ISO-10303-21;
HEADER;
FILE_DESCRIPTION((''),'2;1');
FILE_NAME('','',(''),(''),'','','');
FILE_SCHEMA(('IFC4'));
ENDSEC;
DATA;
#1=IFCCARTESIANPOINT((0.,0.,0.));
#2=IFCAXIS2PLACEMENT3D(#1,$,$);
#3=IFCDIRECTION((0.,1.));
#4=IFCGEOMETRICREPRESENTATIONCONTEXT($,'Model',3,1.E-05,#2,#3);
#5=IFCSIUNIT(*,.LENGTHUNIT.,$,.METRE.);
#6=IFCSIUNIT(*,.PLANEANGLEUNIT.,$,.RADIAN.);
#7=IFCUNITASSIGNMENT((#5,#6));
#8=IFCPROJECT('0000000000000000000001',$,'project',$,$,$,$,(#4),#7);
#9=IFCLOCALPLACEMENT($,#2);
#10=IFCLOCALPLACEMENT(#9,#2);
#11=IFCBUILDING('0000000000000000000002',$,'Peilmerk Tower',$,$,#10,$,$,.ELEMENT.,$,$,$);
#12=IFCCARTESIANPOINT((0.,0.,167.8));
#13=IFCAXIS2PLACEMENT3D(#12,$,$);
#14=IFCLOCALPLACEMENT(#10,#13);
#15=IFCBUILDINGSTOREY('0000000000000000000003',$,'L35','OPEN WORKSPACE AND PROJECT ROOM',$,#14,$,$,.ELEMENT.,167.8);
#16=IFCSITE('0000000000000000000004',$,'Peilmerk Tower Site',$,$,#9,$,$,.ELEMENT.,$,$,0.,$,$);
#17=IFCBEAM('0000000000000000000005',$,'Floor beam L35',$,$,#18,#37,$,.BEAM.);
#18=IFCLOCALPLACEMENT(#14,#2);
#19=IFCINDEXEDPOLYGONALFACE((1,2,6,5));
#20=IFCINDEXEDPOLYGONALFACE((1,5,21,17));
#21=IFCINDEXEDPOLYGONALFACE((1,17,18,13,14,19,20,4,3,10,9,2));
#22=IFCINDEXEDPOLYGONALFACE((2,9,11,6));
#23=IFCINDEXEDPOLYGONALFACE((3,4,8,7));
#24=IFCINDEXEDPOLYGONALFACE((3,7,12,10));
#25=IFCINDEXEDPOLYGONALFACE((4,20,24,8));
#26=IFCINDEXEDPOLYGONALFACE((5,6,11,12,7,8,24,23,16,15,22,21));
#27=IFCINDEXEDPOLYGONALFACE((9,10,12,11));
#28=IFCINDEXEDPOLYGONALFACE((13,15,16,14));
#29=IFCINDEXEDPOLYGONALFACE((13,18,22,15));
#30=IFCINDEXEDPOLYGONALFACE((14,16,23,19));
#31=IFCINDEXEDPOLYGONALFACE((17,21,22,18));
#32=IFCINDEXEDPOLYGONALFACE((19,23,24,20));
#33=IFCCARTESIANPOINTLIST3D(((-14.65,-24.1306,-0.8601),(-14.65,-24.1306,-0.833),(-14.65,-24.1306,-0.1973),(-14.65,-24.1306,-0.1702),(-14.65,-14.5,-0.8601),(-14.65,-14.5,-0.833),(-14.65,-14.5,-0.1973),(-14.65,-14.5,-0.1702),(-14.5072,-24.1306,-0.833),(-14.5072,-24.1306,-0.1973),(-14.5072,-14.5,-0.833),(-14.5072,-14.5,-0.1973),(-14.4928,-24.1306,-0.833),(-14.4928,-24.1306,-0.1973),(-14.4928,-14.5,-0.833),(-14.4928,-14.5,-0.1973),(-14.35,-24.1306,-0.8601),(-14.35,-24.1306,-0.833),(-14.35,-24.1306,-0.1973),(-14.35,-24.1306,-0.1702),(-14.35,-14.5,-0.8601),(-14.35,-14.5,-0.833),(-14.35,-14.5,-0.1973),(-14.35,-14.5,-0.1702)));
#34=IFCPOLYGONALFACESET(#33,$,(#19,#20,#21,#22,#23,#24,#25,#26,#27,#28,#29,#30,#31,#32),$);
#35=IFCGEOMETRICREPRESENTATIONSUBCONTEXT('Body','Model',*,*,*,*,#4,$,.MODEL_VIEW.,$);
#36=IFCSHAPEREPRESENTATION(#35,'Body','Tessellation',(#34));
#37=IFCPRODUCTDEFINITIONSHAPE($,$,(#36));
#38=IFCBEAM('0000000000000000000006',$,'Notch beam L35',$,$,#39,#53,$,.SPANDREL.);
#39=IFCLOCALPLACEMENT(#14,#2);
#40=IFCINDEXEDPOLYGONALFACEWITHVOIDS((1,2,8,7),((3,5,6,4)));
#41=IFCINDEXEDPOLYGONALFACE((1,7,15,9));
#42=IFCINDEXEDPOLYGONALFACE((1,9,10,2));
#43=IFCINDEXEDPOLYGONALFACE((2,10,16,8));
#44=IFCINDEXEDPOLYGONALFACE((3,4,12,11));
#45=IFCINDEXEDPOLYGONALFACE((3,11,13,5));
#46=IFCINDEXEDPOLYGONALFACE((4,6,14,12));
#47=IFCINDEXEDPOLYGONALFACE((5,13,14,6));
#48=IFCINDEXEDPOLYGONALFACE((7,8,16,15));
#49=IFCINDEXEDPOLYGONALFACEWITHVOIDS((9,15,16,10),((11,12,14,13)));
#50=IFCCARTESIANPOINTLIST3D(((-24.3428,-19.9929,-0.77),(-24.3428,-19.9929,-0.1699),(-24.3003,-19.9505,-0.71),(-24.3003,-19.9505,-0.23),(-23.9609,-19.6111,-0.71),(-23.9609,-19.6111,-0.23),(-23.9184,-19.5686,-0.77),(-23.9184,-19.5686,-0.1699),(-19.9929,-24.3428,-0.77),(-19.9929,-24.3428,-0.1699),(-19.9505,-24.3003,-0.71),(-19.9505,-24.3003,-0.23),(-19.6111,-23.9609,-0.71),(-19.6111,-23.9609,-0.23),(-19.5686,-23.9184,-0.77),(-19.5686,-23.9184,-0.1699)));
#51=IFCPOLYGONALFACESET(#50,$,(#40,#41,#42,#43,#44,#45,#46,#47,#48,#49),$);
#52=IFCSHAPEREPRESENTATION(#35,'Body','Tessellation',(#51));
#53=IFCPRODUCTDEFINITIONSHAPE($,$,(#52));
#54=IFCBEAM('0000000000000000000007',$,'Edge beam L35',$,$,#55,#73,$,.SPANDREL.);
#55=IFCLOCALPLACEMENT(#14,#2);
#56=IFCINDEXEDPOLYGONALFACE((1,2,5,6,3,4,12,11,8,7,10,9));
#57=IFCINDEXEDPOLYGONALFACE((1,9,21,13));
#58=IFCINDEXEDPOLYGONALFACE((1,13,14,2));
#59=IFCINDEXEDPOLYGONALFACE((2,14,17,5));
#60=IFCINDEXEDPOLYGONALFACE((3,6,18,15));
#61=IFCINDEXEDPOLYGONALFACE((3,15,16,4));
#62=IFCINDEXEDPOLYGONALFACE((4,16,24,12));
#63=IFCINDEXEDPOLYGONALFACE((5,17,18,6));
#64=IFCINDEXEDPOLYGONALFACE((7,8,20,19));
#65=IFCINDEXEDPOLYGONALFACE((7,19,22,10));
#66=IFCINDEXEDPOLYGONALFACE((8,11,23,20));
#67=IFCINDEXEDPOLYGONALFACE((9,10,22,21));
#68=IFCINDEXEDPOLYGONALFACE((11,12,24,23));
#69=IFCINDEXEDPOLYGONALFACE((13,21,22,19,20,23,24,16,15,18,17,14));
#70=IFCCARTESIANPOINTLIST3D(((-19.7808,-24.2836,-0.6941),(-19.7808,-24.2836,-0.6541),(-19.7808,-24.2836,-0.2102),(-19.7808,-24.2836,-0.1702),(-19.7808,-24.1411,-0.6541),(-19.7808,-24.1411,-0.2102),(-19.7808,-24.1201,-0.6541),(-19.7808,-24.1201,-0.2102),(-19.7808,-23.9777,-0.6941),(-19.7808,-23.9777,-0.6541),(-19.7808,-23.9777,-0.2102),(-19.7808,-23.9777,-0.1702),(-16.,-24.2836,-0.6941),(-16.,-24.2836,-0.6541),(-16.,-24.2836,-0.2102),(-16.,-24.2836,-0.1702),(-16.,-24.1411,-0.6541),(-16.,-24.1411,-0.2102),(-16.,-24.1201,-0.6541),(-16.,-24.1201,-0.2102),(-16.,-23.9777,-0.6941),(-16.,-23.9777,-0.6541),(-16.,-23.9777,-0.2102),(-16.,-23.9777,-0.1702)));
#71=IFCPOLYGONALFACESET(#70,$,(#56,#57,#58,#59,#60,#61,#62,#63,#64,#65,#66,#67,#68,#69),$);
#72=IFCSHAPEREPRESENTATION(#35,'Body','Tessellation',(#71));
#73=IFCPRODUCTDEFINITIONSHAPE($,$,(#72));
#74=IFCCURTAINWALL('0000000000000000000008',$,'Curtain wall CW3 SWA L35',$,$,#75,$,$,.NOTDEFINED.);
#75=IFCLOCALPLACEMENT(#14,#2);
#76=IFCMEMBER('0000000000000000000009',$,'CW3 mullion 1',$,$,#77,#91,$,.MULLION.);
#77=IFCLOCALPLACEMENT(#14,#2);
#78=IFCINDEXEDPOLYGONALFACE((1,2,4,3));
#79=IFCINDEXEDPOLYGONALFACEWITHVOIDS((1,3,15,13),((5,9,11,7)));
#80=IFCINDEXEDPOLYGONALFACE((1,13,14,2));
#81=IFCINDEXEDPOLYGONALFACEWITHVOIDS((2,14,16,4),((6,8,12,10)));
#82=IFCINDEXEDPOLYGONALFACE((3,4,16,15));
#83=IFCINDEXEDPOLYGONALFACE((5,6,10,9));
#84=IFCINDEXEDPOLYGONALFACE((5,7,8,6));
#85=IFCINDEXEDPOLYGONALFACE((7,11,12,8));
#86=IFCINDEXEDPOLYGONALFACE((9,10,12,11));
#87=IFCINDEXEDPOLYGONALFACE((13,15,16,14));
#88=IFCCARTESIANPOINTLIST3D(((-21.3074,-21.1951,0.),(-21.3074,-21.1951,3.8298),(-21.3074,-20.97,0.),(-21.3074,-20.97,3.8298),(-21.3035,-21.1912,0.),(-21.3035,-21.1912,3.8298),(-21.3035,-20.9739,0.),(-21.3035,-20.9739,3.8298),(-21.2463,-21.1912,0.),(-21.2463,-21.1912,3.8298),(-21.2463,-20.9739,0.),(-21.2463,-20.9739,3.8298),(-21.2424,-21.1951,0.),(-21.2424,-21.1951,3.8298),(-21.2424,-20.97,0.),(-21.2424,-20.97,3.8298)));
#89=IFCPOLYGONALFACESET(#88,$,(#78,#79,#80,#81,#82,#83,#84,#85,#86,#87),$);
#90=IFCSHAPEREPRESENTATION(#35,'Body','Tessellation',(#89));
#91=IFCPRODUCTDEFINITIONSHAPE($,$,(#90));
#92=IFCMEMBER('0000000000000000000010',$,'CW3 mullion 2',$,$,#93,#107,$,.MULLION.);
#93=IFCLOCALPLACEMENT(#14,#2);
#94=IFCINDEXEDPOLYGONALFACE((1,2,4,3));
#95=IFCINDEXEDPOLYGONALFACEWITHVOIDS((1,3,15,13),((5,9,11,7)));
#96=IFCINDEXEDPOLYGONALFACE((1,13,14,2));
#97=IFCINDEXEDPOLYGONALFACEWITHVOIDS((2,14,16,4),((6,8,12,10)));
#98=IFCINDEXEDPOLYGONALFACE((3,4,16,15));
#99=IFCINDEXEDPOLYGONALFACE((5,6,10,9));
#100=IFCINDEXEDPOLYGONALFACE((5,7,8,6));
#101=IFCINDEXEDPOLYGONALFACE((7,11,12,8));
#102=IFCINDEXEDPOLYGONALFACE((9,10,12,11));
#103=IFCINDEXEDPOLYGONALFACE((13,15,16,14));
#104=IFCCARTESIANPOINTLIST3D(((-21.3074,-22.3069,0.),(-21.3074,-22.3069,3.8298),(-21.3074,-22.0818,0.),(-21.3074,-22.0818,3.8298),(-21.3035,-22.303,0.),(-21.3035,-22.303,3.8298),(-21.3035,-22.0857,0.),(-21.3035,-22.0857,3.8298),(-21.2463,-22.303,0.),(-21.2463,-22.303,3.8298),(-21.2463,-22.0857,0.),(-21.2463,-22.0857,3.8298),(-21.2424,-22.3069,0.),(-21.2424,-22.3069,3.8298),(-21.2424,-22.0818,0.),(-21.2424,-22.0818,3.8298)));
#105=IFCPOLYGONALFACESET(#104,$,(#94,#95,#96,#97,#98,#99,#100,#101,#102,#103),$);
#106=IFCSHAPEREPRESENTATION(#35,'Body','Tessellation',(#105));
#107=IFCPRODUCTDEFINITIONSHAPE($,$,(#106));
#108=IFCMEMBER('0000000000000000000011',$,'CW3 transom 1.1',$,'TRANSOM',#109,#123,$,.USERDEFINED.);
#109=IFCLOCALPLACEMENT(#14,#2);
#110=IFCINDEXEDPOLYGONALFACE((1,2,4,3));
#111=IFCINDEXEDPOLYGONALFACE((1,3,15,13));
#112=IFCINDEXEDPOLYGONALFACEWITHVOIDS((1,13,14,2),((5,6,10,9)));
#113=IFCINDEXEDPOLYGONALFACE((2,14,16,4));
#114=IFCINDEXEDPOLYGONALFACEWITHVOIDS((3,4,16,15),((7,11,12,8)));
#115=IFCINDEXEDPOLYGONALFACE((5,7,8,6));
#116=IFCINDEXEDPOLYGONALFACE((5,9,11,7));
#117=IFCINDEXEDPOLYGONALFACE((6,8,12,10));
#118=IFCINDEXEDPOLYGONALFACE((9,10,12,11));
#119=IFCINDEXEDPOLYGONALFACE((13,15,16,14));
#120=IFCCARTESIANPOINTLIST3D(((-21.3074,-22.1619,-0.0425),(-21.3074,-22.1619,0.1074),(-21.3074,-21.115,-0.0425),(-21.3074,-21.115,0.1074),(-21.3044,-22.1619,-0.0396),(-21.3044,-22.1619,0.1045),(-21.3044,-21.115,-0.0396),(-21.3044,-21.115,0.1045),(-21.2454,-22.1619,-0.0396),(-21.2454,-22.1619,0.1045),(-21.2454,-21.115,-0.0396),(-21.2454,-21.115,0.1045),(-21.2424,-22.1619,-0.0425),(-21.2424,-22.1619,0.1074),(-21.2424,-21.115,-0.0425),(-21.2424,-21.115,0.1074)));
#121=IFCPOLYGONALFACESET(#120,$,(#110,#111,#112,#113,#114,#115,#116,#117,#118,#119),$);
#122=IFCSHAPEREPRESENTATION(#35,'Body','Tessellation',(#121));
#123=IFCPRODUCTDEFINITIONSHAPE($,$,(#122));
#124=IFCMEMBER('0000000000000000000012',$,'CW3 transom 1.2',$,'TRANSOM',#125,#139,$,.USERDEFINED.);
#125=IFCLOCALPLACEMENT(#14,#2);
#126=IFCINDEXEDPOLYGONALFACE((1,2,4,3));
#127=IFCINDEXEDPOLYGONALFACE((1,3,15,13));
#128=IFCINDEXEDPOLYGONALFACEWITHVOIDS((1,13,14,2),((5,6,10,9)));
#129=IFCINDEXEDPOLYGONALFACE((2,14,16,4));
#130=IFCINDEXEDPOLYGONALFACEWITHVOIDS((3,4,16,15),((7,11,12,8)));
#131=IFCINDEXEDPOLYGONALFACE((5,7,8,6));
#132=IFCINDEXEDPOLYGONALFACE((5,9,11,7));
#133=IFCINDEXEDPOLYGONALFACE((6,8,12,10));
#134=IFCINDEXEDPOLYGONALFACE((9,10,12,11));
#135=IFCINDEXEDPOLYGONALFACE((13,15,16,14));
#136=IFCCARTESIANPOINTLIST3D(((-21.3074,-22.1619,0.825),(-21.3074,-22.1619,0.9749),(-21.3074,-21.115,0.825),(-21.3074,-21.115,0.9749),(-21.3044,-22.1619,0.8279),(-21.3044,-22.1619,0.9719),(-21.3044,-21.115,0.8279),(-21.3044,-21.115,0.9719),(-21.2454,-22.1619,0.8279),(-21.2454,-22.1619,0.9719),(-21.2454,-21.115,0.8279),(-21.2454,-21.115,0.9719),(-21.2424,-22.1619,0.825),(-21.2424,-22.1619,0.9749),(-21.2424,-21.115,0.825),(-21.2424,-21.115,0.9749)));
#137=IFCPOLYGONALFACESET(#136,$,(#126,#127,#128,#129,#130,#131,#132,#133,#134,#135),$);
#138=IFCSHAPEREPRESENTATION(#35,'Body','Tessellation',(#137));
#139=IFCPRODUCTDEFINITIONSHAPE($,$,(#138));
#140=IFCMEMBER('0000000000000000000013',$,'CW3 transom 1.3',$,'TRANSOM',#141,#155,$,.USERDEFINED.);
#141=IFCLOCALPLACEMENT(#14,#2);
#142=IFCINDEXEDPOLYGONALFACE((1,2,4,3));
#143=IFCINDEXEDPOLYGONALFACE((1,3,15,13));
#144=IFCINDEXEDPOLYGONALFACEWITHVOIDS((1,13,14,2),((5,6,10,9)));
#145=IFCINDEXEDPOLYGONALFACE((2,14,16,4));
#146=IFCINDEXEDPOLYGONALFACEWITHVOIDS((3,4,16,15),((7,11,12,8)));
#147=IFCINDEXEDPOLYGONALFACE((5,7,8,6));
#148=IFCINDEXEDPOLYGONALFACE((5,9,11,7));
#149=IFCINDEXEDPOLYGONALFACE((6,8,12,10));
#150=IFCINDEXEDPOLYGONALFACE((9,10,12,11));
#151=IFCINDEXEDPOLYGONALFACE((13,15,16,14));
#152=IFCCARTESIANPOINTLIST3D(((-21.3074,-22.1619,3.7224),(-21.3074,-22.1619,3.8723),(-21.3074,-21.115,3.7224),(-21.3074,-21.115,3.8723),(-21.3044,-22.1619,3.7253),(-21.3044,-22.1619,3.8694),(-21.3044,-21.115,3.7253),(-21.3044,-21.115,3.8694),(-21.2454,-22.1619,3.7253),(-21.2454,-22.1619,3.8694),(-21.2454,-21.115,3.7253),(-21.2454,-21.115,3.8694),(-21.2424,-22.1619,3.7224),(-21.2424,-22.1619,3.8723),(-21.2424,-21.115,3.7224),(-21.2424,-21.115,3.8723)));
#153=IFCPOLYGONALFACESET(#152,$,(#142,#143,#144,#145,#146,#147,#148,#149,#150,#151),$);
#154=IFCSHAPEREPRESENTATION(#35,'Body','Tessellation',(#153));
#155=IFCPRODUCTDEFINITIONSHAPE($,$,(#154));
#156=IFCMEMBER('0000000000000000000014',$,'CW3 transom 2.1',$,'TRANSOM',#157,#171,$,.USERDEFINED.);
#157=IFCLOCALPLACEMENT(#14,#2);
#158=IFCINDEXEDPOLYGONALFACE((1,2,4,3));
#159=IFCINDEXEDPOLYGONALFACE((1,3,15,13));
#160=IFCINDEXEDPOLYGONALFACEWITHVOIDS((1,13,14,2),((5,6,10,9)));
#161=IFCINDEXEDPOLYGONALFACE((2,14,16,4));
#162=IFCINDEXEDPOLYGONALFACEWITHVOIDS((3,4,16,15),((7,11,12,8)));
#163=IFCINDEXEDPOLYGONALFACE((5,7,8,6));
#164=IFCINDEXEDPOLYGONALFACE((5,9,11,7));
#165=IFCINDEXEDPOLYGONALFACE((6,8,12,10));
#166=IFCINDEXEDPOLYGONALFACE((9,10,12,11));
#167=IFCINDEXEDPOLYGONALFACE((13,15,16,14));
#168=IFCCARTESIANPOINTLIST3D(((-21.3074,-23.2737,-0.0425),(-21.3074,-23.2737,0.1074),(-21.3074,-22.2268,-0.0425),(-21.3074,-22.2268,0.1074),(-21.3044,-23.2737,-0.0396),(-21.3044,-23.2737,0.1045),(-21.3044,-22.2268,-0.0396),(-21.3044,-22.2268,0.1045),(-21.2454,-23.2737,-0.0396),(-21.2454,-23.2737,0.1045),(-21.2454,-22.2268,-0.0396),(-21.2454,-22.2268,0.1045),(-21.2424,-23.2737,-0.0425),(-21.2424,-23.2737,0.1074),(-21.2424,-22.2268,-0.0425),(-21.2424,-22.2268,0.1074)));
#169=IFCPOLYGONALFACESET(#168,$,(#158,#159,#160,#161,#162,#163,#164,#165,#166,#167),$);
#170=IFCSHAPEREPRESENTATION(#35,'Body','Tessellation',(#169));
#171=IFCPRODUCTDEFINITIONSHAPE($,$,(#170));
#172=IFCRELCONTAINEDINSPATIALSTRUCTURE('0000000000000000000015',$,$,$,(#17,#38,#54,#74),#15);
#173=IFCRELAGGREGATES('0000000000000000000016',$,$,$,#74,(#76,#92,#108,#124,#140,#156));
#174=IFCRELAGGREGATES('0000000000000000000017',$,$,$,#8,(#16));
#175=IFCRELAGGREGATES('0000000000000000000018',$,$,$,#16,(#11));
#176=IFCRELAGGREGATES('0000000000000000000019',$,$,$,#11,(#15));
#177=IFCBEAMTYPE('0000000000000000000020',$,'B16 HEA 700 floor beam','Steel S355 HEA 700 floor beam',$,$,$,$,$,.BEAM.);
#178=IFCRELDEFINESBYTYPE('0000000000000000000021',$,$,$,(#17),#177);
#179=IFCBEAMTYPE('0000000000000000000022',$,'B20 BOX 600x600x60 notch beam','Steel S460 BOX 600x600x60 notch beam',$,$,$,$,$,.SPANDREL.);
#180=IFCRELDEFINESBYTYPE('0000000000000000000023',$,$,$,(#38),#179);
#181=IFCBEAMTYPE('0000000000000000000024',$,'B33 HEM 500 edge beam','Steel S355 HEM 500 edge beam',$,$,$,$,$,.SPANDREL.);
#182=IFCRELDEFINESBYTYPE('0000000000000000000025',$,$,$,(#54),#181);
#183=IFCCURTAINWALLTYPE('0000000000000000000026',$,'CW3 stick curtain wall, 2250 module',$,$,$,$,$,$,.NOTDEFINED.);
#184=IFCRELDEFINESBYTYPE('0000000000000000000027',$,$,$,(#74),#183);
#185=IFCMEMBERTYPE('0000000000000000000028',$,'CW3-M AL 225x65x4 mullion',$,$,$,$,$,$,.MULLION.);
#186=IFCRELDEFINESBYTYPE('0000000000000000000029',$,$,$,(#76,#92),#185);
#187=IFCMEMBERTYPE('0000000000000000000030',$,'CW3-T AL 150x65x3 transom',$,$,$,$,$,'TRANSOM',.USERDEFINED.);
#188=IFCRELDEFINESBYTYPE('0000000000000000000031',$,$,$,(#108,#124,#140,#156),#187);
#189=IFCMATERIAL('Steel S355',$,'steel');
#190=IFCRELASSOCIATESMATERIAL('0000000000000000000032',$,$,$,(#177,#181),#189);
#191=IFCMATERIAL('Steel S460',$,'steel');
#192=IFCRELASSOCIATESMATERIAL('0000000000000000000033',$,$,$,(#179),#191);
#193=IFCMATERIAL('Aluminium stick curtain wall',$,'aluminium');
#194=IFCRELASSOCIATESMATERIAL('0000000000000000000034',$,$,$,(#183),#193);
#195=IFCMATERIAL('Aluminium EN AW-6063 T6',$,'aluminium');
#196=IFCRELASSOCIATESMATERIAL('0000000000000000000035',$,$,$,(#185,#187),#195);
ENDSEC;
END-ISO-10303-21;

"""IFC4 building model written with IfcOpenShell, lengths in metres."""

from ifc_helpers import new_model, si_unit, direction, frame, origin, origin_2d, place, context, subcontext, project, spatial, hollow_rectangle, i_section, extrude, material, material_profile, profile_set, type_object, element, aggregate, save


model = new_model("IFC4")

# Units and contexts
model_context = context("Model", 3, precision=1e-05, world=origin(), true_north=direction((0.0, 1.0)))
body_context = subcontext(model_context, "Body", "Model", "MODEL_VIEW")
ifc_project = project(units=[si_unit("LENGTHUNIT", "METRE"), si_unit("PLANEANGLEUNIT", "RADIAN")], contexts=[model_context])

# Site, building, storey
site_placement = place(None, origin())
site = spatial("IfcSite", under=ifc_project, at=site_placement, Name="Peilmerk Tower Site", CompositionType="ELEMENT", RefElevation=0.0)
building_placement = place(site_placement, origin())
building = spatial("IfcBuilding", under=site, at=building_placement, Name="Peilmerk Tower", CompositionType="ELEMENT")
storey_placement = place(building_placement, frame((0.0, 0.0, 167.8)))
storey = spatial("IfcBuildingStorey", under=building, at=storey_placement, Name="L35", Description="OPEN WORKSPACE AND PROJECT ROOM", CompositionType="ELEMENT", Elevation=167.8)

# Shared definitions
ifc_material_1 = material(Name="Steel S460", Category="steel")

# Beams
ifc_material_2 = material(Name="Steel S355", Category="steel")
ifc_material_profile_1 = material_profile(ifc_material_2, i_section(OverallWidth=0.3, OverallDepth=0.6899, WebThickness=0.0144, FlangeThickness=0.0271, at=origin_2d()), Name="HEA 700")
ifc_profile_set_1 = profile_set([ifc_material_profile_1], Name="Steel S355")
beam_type_1 = type_object("IfcBeamType", Name="B16 HEA 700 floor beam", Description="Steel S355 HEA 700 floor beam", PredefinedType="BEAM", material=ifc_profile_set_1)
beam_1_placement = place(storey_placement, frame((-14.5, -14.5, -0.5151), z_axis=(0.0, -1.0, 0.0), x_axis=(1.0, 0.0, 0.0)))
element("IfcBeam", 1, at=beam_1_placement, inside=storey, type_object=beam_type_1, Name="Floor beam L35", PredefinedType="BEAM", context=body_context, shape_type="SweptSolid", body=[
    extrude(i_section(OverallWidth=0.3, OverallDepth=0.6899, WebThickness=0.0144, FlangeThickness=0.0271, at=origin_2d()), origin(), (0.0, 0.0, 1.0), 9.6306),
])
ifc_material_profile_2 = material_profile(ifc_material_1, hollow_rectangle(XDim=0.6001, YDim=0.6001, WallThickness=0.0601, at=origin_2d()), Name="BOX 600x600x60")
ifc_profile_set_2 = profile_set([ifc_material_profile_2], Name="Steel S460")
beam_type_2 = type_object("IfcBeamType", Name="B20 BOX 600x600x60 notch beam", Description="Steel S460 BOX 600x600x60 notch beam", PredefinedType="SPANDREL", material=ifc_profile_set_2)
beam_2_placement = place(storey_placement, frame((-19.7808, -24.1306, -0.47), z_axis=(-0.707107, 0.707107, 0.0), x_axis=(-0.707107, -0.707107, 0.0)))
element("IfcBeam", 2, at=beam_2_placement, inside=storey, type_object=beam_type_2, Name="Notch beam L35", PredefinedType="SPANDREL", context=body_context, shape_type="SweptSolid", body=[
    extrude(hollow_rectangle(XDim=0.6001, YDim=0.6001, WallThickness=0.0601, at=origin_2d()), origin(), (0.0, 0.0, 1.0), 6.1516),
])
ifc_material_profile_3 = material_profile(ifc_material_2, i_section(OverallWidth=0.3059, OverallDepth=0.5239, WebThickness=0.021, FlangeThickness=0.04, at=origin_2d()), Name="HEM 500")
ifc_profile_set_3 = profile_set([ifc_material_profile_3], Name="Steel S355")
beam_type_3 = type_object("IfcBeamType", Name="B33 HEM 500 edge beam", Description="Steel S355 HEM 500 edge beam", PredefinedType="SPANDREL", material=ifc_profile_set_3)
beam_3_placement = place(storey_placement, frame((-19.7808, -24.1306, -0.4321), z_axis=(1.0, 0.0, 0.0), x_axis=(0.0, 1.0, 0.0)))
element("IfcBeam", 3, at=beam_3_placement, inside=storey, type_object=beam_type_3, Name="Edge beam L35", PredefinedType="SPANDREL", context=body_context, shape_type="SweptSolid", body=[
    extrude(i_section(OverallWidth=0.3059, OverallDepth=0.5239, WebThickness=0.021, FlangeThickness=0.04, at=origin_2d()), origin(), (0.0, 0.0, 1.0), 3.7808),
])

# Curtain wall, members
ifc_material_3 = material(Name="Aluminium stick curtain wall", Category="aluminium")
curtain_wall_type = type_object("IfcCurtainWallType", Name="CW3 stick curtain wall, 2250 module", PredefinedType="NOTDEFINED", material=ifc_material_3)
curtain_wall_placement = place(storey_placement, origin())
curtain_wall = element("IfcCurtainWall", 4, at=curtain_wall_placement, inside=storey, type_object=curtain_wall_type, Name="Curtain wall CW3 SWA L35", PredefinedType="NOTDEFINED")
ifc_material_4 = material(Name="Aluminium EN AW-6063 T6", Category="aluminium")
ifc_material_profile_4 = material_profile(ifc_material_4, hollow_rectangle(XDim=0.0649, YDim=0.2251, WallThickness=0.0039, at=origin_2d()), Name="AL 225x65x4")
ifc_profile_set_4 = profile_set([ifc_material_profile_4], Name="Aluminium EN AW-6063 T6")
member_type_1 = type_object("IfcMemberType", Name="CW3-M AL 225x65x4 mullion", PredefinedType="MULLION", material=ifc_profile_set_4)
member_1_placement = place(storey_placement, frame((-21.2749, -21.0825, 0.0), z_axis=(0.0, 0.0, 1.0), x_axis=(1.0, 0.0, 0.0)))
member_1 = element("IfcMember", 5, at=member_1_placement, type_object=member_type_1, Name="CW3 mullion 1", PredefinedType="MULLION", context=body_context, shape_type="SweptSolid", body=[
    extrude(hollow_rectangle(XDim=0.0649, YDim=0.2251, WallThickness=0.0039, at=origin_2d()), origin(), (0.0, 0.0, 1.0), 3.8298),
])
member_2_placement = place(storey_placement, frame((-21.2749, -22.1943, 0.0), z_axis=(0.0, 0.0, 1.0), x_axis=(1.0, 0.0, 0.0)))
member_2 = element("IfcMember", 6, at=member_2_placement, type_object=member_type_1, Name="CW3 mullion 2", PredefinedType="MULLION", context=body_context, shape_type="SweptSolid", body=[
    extrude(hollow_rectangle(XDim=0.0649, YDim=0.2251, WallThickness=0.0039, at=origin_2d()), origin(), (0.0, 0.0, 1.0), 3.8298),
])
ifc_material_profile_5 = material_profile(ifc_material_4, hollow_rectangle(XDim=0.0649, YDim=0.1499, WallThickness=0.0029, at=origin_2d()), Name="AL 150x65x3")
ifc_profile_set_5 = profile_set([ifc_material_profile_5], Name="Aluminium EN AW-6063 T6")
member_type_2 = type_object("IfcMemberType", Name="CW3-T AL 150x65x3 transom", ElementType="TRANSOM", PredefinedType="USERDEFINED", material=ifc_profile_set_5)
member_3_placement = place(storey_placement, frame((-21.2749, -21.115, 0.0325), z_axis=(0.0, -1.0, 0.0), x_axis=(1.0, 0.0, 0.0)))
member_3 = element("IfcMember", 7, at=member_3_placement, type_object=member_type_2, Name="CW3 transom 1.1", ObjectType="TRANSOM", PredefinedType="USERDEFINED", context=body_context, shape_type="SweptSolid", body=[
    extrude(hollow_rectangle(XDim=0.0649, YDim=0.1499, WallThickness=0.0029, at=origin_2d()), origin(), (0.0, 0.0, 1.0), 1.0469),
])
member_4_placement = place(storey_placement, frame((-21.2749, -21.115, 0.8999), z_axis=(0.0, -1.0, 0.0), x_axis=(1.0, 0.0, 0.0)))
member_4 = element("IfcMember", 8, at=member_4_placement, type_object=member_type_2, Name="CW3 transom 1.2", ObjectType="TRANSOM", PredefinedType="USERDEFINED", context=body_context, shape_type="SweptSolid", body=[
    extrude(hollow_rectangle(XDim=0.0649, YDim=0.1499, WallThickness=0.0029, at=origin_2d()), origin(), (0.0, 0.0, 1.0), 1.0469),
])
member_5_placement = place(storey_placement, frame((-21.2749, -21.115, 3.7974), z_axis=(0.0, -1.0, 0.0), x_axis=(1.0, 0.0, 0.0)))
member_5 = element("IfcMember", 9, at=member_5_placement, type_object=member_type_2, Name="CW3 transom 1.3", ObjectType="TRANSOM", PredefinedType="USERDEFINED", context=body_context, shape_type="SweptSolid", body=[
    extrude(hollow_rectangle(XDim=0.0649, YDim=0.1499, WallThickness=0.0029, at=origin_2d()), origin(), (0.0, 0.0, 1.0), 1.0469),
])
member_6_placement = place(storey_placement, frame((-21.2749, -22.2268, 0.0325), z_axis=(0.0, -1.0, 0.0), x_axis=(1.0, 0.0, 0.0)))
member_6 = element("IfcMember", 10, at=member_6_placement, type_object=member_type_2, Name="CW3 transom 2.1", ObjectType="TRANSOM", PredefinedType="USERDEFINED", context=body_context, shape_type="SweptSolid", body=[
    extrude(hollow_rectangle(XDim=0.0649, YDim=0.1499, WallThickness=0.0029, at=origin_2d()), origin(), (0.0, 0.0, 1.0), 1.0469),
])
aggregate(curtain_wall, [member_1, member_2, member_3, member_4, member_5, member_6])

save(model, "model.ifc")
